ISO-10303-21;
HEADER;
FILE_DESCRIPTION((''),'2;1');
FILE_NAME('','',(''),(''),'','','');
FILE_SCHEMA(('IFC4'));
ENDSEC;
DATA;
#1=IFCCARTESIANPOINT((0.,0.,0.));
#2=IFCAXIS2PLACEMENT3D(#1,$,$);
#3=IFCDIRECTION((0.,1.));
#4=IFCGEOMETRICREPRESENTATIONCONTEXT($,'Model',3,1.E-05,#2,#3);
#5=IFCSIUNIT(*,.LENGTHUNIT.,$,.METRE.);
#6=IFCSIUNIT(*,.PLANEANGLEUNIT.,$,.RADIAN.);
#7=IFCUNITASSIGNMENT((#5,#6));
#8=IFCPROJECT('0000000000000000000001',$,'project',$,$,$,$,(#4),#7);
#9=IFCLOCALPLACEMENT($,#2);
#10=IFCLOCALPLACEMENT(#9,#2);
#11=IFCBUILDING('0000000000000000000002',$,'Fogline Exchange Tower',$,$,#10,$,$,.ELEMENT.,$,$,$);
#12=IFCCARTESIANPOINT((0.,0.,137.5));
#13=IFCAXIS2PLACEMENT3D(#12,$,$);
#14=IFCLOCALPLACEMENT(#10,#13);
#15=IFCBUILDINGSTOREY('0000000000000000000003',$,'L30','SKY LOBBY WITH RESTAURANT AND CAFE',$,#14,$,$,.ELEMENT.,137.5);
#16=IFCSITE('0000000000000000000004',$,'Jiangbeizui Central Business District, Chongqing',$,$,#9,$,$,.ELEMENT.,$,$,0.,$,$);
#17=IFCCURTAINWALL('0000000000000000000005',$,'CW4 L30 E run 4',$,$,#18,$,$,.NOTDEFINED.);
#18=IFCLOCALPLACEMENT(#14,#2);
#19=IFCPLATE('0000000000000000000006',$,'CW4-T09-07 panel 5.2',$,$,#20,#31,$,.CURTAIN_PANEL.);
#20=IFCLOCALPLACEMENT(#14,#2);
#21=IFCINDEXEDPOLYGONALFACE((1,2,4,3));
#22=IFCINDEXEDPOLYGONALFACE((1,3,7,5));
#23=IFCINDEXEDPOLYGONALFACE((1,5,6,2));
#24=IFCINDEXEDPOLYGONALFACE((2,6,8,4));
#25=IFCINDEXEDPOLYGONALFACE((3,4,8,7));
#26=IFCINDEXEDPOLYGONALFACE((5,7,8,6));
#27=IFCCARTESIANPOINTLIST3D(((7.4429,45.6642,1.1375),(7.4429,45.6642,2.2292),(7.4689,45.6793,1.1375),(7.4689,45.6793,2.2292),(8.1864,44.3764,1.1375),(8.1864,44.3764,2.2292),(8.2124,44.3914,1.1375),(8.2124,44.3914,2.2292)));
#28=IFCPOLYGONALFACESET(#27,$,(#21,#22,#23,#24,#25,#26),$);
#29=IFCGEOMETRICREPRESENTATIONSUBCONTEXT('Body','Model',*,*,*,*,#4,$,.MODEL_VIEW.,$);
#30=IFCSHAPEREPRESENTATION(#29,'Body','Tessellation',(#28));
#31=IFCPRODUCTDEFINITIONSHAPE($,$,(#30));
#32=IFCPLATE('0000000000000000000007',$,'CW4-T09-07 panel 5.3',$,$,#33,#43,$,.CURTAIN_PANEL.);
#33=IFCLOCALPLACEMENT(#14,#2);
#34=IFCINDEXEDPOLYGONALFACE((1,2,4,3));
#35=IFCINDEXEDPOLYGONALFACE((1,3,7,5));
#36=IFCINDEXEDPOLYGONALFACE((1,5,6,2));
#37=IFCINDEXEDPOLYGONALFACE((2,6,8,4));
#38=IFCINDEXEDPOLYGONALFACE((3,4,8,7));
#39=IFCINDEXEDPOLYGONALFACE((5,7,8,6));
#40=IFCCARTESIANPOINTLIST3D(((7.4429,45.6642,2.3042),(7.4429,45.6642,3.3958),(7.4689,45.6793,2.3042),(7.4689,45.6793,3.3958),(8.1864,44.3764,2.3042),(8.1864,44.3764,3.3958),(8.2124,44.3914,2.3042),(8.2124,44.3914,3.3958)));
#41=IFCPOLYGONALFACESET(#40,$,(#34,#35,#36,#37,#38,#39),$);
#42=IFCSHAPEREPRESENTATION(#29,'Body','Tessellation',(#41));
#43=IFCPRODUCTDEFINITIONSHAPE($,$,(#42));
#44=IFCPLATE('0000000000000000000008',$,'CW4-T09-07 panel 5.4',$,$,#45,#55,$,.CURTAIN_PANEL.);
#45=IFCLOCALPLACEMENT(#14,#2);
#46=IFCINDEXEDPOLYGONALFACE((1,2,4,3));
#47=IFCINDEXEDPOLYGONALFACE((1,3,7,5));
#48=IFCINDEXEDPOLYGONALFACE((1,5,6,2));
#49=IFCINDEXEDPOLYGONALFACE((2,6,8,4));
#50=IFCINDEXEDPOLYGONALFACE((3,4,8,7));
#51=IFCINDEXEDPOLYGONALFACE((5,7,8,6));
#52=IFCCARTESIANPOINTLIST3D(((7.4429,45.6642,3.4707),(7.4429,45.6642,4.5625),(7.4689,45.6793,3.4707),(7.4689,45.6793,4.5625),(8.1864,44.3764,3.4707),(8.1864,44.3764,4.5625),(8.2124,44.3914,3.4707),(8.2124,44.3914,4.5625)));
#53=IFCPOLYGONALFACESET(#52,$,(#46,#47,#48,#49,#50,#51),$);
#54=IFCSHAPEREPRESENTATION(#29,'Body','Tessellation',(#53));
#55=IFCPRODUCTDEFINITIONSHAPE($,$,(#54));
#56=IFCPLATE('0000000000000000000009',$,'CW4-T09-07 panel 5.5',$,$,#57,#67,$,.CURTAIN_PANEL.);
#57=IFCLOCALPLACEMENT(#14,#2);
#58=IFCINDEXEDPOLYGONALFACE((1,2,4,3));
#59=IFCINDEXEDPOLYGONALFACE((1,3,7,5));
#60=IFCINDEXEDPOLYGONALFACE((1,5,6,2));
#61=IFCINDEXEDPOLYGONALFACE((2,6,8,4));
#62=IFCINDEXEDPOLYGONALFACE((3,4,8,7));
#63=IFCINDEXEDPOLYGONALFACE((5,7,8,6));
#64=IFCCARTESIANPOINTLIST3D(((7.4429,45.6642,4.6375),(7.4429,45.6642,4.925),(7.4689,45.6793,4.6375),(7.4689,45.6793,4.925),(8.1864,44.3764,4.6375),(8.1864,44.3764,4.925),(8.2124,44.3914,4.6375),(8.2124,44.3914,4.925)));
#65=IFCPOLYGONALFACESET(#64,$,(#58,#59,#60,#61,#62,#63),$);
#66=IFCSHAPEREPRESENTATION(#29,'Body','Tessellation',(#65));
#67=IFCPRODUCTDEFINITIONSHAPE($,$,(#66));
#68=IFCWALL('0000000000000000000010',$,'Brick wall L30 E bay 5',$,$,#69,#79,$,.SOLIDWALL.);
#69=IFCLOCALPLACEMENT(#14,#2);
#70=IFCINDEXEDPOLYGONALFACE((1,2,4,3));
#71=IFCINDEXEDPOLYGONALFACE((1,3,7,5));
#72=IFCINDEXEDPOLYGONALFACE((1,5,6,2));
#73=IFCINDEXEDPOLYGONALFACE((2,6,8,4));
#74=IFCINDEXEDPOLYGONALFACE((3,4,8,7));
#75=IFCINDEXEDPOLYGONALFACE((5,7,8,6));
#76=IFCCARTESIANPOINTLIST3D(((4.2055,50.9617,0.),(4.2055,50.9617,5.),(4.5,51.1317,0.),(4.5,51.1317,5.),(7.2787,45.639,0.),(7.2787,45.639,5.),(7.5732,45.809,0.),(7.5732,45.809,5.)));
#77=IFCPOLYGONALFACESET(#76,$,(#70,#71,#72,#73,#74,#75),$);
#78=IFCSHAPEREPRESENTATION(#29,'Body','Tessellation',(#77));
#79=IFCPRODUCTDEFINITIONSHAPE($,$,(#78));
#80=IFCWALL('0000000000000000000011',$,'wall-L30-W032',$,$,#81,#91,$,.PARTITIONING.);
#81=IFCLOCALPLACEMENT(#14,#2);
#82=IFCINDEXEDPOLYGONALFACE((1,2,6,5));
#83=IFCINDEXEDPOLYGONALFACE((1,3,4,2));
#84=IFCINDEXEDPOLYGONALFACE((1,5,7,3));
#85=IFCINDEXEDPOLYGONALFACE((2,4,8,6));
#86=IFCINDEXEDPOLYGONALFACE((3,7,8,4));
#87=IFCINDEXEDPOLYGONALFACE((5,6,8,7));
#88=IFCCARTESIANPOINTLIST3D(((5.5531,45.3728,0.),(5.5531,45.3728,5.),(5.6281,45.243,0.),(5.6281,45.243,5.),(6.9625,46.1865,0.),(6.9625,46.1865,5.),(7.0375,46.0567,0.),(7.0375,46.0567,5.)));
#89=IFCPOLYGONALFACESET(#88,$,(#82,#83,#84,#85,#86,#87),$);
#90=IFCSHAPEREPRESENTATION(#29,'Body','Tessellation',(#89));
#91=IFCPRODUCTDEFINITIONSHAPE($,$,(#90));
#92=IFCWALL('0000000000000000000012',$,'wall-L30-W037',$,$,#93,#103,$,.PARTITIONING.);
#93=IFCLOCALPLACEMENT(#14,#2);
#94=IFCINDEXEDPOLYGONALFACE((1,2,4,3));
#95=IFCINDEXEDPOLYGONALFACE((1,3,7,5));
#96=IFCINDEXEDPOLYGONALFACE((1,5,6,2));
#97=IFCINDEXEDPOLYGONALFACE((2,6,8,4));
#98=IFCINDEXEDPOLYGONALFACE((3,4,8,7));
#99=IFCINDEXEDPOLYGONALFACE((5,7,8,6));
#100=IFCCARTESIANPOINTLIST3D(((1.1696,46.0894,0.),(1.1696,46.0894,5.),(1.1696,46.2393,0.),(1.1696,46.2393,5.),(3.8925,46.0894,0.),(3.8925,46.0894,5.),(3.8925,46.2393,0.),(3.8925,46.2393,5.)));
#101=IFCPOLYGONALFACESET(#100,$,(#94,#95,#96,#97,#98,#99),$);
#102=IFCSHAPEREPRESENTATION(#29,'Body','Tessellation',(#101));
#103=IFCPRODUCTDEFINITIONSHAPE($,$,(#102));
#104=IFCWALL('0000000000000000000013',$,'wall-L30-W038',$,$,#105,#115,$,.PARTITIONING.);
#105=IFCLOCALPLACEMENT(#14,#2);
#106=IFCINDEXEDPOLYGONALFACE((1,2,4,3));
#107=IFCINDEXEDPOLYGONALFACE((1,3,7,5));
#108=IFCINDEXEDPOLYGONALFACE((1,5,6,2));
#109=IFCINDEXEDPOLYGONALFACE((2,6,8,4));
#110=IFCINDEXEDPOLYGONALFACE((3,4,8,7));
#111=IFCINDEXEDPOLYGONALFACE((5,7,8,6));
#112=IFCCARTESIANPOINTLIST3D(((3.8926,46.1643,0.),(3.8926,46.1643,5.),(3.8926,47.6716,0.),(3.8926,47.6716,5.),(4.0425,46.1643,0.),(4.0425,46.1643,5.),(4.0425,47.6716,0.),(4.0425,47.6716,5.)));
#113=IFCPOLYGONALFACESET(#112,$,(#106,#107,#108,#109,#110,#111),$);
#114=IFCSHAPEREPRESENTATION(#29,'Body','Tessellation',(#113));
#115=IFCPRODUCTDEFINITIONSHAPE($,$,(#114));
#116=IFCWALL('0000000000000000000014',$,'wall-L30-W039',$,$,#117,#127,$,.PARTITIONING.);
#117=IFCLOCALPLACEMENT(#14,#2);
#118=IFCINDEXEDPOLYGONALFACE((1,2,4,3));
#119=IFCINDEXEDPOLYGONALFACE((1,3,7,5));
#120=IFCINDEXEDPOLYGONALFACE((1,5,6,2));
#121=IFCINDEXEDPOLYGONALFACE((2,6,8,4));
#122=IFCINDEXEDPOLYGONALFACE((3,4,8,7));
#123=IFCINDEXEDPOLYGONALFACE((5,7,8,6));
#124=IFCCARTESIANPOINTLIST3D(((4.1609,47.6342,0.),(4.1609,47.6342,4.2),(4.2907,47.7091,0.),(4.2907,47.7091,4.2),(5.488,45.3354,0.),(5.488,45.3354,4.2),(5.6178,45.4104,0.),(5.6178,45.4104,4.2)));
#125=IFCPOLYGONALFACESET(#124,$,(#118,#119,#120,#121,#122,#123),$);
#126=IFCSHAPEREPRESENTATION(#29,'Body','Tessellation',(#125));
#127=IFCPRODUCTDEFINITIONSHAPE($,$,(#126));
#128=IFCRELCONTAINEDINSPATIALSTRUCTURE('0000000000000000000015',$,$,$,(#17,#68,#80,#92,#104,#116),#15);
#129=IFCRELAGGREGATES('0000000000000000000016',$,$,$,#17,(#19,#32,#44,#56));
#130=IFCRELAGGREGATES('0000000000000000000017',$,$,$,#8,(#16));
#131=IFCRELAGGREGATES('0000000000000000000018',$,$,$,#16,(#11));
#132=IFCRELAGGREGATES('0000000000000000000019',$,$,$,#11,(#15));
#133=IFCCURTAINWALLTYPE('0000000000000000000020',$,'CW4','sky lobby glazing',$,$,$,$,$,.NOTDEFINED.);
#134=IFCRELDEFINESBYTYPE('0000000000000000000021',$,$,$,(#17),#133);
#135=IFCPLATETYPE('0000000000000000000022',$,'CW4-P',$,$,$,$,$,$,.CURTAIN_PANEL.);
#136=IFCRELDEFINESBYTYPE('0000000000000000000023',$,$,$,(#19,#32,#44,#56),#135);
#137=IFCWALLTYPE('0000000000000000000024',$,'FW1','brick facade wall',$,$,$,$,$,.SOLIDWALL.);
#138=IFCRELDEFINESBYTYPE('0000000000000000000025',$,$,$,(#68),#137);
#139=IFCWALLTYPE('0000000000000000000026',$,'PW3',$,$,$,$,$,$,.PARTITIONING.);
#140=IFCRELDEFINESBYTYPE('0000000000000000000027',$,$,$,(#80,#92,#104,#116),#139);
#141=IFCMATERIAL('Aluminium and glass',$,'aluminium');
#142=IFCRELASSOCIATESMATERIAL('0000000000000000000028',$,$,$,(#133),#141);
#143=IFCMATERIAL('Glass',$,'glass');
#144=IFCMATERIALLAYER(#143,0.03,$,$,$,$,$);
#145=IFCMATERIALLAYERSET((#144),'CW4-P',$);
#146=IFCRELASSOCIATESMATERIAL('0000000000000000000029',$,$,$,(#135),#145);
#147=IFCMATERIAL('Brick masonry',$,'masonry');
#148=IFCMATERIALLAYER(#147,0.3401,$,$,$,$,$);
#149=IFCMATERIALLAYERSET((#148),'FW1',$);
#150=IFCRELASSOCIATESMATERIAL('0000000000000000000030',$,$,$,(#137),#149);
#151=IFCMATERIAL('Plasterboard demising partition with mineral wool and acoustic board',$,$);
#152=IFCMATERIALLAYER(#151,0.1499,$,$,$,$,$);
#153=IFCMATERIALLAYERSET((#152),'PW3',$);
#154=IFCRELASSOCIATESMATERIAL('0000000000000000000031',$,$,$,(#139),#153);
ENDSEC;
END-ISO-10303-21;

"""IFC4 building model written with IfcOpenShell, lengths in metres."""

from ifc_helpers import new_model, si_unit, direction, frame, frame_2d, origin, origin_2d, place, context, subcontext, project, spatial, rectangle, extrude, material, layer, layer_set, type_object, element, aggregate, save


model = new_model("IFC4")

# Units and contexts
model_context = context("Model", 3, precision=1e-05, world=origin(), true_north=direction((0.0, 1.0)))
body_context = subcontext(model_context, "Body", "Model", "MODEL_VIEW")
ifc_project = project(units=[si_unit("LENGTHUNIT", "METRE"), si_unit("PLANEANGLEUNIT", "RADIAN")], contexts=[model_context])

# Site, building, storey
site_placement = place(None, origin())
site = spatial("IfcSite", under=ifc_project, at=site_placement, Name="Jiangbeizui Central Business District, Chongqing", CompositionType="ELEMENT", RefElevation=0.0)
building_placement = place(site_placement, origin())
building = spatial("IfcBuilding", under=site, at=building_placement, Name="Fogline Exchange Tower", CompositionType="ELEMENT")
storey_placement = place(building_placement, frame((0.0, 0.0, 137.5)))
storey = spatial("IfcBuildingStorey", under=building, at=storey_placement, Name="L30", Description="SKY LOBBY WITH RESTAURANT AND CAFE", CompositionType="ELEMENT", Elevation=137.5)

# Curtain wall, plates
ifc_material_1 = material(Name="Aluminium and glass", Category="aluminium")
curtain_wall_type = type_object("IfcCurtainWallType", Name="CW4", Description="sky lobby glazing", PredefinedType="NOTDEFINED", material=ifc_material_1)
curtain_wall_placement = place(storey_placement, origin())
curtain_wall = element("IfcCurtainWall", 1, at=curtain_wall_placement, inside=storey, type_object=curtain_wall_type, Name="CW4 L30 E run 4", PredefinedType="NOTDEFINED")
ifc_material_2 = material(Name="Glass", Category="glass")
ifc_layer_1 = layer(ifc_material_2, 0.03)
ifc_layer_set_1 = layer_set([ifc_layer_1], Name="CW4-P")
plate_type = type_object("IfcPlateType", Name="CW4-P", PredefinedType="CURTAIN_PANEL", material=ifc_layer_set_1)
plate_1_placement = place(storey_placement, frame((7.8276, 45.0278, 1.1375), z_axis=(0.0, 0.0, 1.0), x_axis=(-0.5, 0.866025, 0.0)))
plate_1 = element("IfcPlate", 2, at=plate_1_placement, type_object=plate_type, Name="CW4-T09-07 panel 5.2", PredefinedType="CURTAIN_PANEL", context=body_context, shape_type="SweptSolid", body=[
    extrude(rectangle(XDim=1.4871, YDim=0.03, at=origin_2d()), origin(), (0.0, 0.0, 1.0), 1.0918),
])
plate_2_placement = place(storey_placement, frame((7.8276, 45.0278, 2.3042), z_axis=(0.0, 0.0, 1.0), x_axis=(-0.5, 0.866025, 0.0)))
plate_2 = element("IfcPlate", 3, at=plate_2_placement, type_object=plate_type, Name="CW4-T09-07 panel 5.3", PredefinedType="CURTAIN_PANEL", context=body_context, shape_type="SweptSolid", body=[
    extrude(rectangle(XDim=1.4871, YDim=0.03, at=origin_2d()), origin(), (0.0, 0.0, 1.0), 1.0916),
])
plate_3_placement = place(storey_placement, frame((7.8276, 45.0278, 3.4707), z_axis=(0.0, 0.0, 1.0), x_axis=(-0.5, 0.866025, 0.0)))
plate_3 = element("IfcPlate", 4, at=plate_3_placement, type_object=plate_type, Name="CW4-T09-07 panel 5.4", PredefinedType="CURTAIN_PANEL", context=body_context, shape_type="SweptSolid", body=[
    extrude(rectangle(XDim=1.4871, YDim=0.03, at=origin_2d()), origin(), (0.0, 0.0, 1.0), 1.0918),
])
plate_4_placement = place(storey_placement, frame((7.8276, 45.0278, 4.6375), z_axis=(0.0, 0.0, 1.0), x_axis=(-0.5, 0.866025, 0.0)))
plate_4 = element("IfcPlate", 5, at=plate_4_placement, type_object=plate_type, Name="CW4-T09-07 panel 5.5", PredefinedType="CURTAIN_PANEL", context=body_context, shape_type="SweptSolid", body=[
    extrude(rectangle(XDim=1.4871, YDim=0.03, at=origin_2d()), origin(), (0.0, 0.0, 1.0), 0.2876),
])
aggregate(curtain_wall, [plate_1, plate_2, plate_3, plate_4])

# Wall
ifc_material_3 = material(Name="Brick masonry", Category="masonry")
ifc_layer_2 = layer(ifc_material_3, 0.3401)
ifc_layer_set_2 = layer_set([ifc_layer_2], Name="FW1")
wall_type_1 = type_object("IfcWallType", Name="FW1", Description="brick facade wall", PredefinedType="SOLIDWALL", material=ifc_layer_set_2)
wall_1_placement = place(storey_placement, frame((7.426, 45.7239, 0.0), z_axis=(0.0, 0.0, 1.0), x_axis=(-0.500018, 0.866015, 0.0)))
element("IfcWall", 6, at=wall_1_placement, inside=storey, type_object=wall_type_1, Name="Brick wall L30 E bay 5", PredefinedType="SOLIDWALL", context=body_context, shape_type="SweptSolid", body=[
    extrude(rectangle(XDim=6.1462, YDim=0.3401, at=frame_2d((3.0732, 0.0))), origin(), (0.0, 0.0, 1.0), 5.0),
])

# Walls
ifc_material_4 = material(Name="Plasterboard demising partition with mineral wool and acoustic board")
ifc_layer_3 = layer(ifc_material_4, 0.1499)
ifc_layer_set_3 = layer_set([ifc_layer_3], Name="PW3")
wall_type_2 = type_object("IfcWallType", Name="PW3", PredefinedType="PARTITIONING", material=ifc_layer_set_3)
wall_2_placement = place(storey_placement, frame((5.5906, 45.3079, 0.0), z_axis=(0.0, 0.0, 1.0), x_axis=(0.866028, 0.499995, 0.0)))
element("IfcWall", 7, at=wall_2_placement, inside=storey, type_object=wall_type_2, Name="wall-L30-W032", PredefinedType="PARTITIONING", context=body_context, shape_type="SweptSolid", body=[
    extrude(rectangle(XDim=1.6274, YDim=0.1499, at=frame_2d((0.8137, 0.0))), origin(), (0.0, 0.0, 1.0), 5.0),
])
wall_3_placement = place(storey_placement, frame((1.1697, 46.1643, 0.0), z_axis=(0.0, 0.0, 1.0), x_axis=(1.0, 0.0, 0.0)))
element("IfcWall", 8, at=wall_3_placement, inside=storey, type_object=wall_type_2, Name="wall-L30-W037", PredefinedType="PARTITIONING", context=body_context, shape_type="SweptSolid", body=[
    extrude(rectangle(XDim=2.7229, YDim=0.1499, at=frame_2d((1.3613, 0.0))), origin(), (0.0, 0.0, 1.0), 5.0),
])
wall_4_placement = place(storey_placement, frame((3.9675, 46.1643, 0.0), z_axis=(0.0, 0.0, 1.0), x_axis=(0.0, 1.0, 0.0)))
element("IfcWall", 9, at=wall_4_placement, inside=storey, type_object=wall_type_2, Name="wall-L30-W038", PredefinedType="PARTITIONING", context=body_context, shape_type="SweptSolid", body=[
    extrude(rectangle(XDim=1.5073, YDim=0.1499, at=frame_2d((0.7537, 0.0))), origin(), (0.0, 0.0, 1.0), 5.0),
])
wall_5_placement = place(storey_placement, frame((4.2258, 47.6716, 0.0), z_axis=(0.0, 0.0, 1.0), x_axis=(0.499977, -0.866039, 0.0)))
element("IfcWall", 10, at=wall_5_placement, inside=storey, type_object=wall_type_2, Name="wall-L30-W039", PredefinedType="PARTITIONING", context=body_context, shape_type="SweptSolid", body=[
    extrude(rectangle(XDim=2.6543, YDim=0.1499, at=frame_2d((1.3271, 0.0))), origin(), (0.0, 0.0, 1.0), 4.2),
])

save(model, "model.ifc")
